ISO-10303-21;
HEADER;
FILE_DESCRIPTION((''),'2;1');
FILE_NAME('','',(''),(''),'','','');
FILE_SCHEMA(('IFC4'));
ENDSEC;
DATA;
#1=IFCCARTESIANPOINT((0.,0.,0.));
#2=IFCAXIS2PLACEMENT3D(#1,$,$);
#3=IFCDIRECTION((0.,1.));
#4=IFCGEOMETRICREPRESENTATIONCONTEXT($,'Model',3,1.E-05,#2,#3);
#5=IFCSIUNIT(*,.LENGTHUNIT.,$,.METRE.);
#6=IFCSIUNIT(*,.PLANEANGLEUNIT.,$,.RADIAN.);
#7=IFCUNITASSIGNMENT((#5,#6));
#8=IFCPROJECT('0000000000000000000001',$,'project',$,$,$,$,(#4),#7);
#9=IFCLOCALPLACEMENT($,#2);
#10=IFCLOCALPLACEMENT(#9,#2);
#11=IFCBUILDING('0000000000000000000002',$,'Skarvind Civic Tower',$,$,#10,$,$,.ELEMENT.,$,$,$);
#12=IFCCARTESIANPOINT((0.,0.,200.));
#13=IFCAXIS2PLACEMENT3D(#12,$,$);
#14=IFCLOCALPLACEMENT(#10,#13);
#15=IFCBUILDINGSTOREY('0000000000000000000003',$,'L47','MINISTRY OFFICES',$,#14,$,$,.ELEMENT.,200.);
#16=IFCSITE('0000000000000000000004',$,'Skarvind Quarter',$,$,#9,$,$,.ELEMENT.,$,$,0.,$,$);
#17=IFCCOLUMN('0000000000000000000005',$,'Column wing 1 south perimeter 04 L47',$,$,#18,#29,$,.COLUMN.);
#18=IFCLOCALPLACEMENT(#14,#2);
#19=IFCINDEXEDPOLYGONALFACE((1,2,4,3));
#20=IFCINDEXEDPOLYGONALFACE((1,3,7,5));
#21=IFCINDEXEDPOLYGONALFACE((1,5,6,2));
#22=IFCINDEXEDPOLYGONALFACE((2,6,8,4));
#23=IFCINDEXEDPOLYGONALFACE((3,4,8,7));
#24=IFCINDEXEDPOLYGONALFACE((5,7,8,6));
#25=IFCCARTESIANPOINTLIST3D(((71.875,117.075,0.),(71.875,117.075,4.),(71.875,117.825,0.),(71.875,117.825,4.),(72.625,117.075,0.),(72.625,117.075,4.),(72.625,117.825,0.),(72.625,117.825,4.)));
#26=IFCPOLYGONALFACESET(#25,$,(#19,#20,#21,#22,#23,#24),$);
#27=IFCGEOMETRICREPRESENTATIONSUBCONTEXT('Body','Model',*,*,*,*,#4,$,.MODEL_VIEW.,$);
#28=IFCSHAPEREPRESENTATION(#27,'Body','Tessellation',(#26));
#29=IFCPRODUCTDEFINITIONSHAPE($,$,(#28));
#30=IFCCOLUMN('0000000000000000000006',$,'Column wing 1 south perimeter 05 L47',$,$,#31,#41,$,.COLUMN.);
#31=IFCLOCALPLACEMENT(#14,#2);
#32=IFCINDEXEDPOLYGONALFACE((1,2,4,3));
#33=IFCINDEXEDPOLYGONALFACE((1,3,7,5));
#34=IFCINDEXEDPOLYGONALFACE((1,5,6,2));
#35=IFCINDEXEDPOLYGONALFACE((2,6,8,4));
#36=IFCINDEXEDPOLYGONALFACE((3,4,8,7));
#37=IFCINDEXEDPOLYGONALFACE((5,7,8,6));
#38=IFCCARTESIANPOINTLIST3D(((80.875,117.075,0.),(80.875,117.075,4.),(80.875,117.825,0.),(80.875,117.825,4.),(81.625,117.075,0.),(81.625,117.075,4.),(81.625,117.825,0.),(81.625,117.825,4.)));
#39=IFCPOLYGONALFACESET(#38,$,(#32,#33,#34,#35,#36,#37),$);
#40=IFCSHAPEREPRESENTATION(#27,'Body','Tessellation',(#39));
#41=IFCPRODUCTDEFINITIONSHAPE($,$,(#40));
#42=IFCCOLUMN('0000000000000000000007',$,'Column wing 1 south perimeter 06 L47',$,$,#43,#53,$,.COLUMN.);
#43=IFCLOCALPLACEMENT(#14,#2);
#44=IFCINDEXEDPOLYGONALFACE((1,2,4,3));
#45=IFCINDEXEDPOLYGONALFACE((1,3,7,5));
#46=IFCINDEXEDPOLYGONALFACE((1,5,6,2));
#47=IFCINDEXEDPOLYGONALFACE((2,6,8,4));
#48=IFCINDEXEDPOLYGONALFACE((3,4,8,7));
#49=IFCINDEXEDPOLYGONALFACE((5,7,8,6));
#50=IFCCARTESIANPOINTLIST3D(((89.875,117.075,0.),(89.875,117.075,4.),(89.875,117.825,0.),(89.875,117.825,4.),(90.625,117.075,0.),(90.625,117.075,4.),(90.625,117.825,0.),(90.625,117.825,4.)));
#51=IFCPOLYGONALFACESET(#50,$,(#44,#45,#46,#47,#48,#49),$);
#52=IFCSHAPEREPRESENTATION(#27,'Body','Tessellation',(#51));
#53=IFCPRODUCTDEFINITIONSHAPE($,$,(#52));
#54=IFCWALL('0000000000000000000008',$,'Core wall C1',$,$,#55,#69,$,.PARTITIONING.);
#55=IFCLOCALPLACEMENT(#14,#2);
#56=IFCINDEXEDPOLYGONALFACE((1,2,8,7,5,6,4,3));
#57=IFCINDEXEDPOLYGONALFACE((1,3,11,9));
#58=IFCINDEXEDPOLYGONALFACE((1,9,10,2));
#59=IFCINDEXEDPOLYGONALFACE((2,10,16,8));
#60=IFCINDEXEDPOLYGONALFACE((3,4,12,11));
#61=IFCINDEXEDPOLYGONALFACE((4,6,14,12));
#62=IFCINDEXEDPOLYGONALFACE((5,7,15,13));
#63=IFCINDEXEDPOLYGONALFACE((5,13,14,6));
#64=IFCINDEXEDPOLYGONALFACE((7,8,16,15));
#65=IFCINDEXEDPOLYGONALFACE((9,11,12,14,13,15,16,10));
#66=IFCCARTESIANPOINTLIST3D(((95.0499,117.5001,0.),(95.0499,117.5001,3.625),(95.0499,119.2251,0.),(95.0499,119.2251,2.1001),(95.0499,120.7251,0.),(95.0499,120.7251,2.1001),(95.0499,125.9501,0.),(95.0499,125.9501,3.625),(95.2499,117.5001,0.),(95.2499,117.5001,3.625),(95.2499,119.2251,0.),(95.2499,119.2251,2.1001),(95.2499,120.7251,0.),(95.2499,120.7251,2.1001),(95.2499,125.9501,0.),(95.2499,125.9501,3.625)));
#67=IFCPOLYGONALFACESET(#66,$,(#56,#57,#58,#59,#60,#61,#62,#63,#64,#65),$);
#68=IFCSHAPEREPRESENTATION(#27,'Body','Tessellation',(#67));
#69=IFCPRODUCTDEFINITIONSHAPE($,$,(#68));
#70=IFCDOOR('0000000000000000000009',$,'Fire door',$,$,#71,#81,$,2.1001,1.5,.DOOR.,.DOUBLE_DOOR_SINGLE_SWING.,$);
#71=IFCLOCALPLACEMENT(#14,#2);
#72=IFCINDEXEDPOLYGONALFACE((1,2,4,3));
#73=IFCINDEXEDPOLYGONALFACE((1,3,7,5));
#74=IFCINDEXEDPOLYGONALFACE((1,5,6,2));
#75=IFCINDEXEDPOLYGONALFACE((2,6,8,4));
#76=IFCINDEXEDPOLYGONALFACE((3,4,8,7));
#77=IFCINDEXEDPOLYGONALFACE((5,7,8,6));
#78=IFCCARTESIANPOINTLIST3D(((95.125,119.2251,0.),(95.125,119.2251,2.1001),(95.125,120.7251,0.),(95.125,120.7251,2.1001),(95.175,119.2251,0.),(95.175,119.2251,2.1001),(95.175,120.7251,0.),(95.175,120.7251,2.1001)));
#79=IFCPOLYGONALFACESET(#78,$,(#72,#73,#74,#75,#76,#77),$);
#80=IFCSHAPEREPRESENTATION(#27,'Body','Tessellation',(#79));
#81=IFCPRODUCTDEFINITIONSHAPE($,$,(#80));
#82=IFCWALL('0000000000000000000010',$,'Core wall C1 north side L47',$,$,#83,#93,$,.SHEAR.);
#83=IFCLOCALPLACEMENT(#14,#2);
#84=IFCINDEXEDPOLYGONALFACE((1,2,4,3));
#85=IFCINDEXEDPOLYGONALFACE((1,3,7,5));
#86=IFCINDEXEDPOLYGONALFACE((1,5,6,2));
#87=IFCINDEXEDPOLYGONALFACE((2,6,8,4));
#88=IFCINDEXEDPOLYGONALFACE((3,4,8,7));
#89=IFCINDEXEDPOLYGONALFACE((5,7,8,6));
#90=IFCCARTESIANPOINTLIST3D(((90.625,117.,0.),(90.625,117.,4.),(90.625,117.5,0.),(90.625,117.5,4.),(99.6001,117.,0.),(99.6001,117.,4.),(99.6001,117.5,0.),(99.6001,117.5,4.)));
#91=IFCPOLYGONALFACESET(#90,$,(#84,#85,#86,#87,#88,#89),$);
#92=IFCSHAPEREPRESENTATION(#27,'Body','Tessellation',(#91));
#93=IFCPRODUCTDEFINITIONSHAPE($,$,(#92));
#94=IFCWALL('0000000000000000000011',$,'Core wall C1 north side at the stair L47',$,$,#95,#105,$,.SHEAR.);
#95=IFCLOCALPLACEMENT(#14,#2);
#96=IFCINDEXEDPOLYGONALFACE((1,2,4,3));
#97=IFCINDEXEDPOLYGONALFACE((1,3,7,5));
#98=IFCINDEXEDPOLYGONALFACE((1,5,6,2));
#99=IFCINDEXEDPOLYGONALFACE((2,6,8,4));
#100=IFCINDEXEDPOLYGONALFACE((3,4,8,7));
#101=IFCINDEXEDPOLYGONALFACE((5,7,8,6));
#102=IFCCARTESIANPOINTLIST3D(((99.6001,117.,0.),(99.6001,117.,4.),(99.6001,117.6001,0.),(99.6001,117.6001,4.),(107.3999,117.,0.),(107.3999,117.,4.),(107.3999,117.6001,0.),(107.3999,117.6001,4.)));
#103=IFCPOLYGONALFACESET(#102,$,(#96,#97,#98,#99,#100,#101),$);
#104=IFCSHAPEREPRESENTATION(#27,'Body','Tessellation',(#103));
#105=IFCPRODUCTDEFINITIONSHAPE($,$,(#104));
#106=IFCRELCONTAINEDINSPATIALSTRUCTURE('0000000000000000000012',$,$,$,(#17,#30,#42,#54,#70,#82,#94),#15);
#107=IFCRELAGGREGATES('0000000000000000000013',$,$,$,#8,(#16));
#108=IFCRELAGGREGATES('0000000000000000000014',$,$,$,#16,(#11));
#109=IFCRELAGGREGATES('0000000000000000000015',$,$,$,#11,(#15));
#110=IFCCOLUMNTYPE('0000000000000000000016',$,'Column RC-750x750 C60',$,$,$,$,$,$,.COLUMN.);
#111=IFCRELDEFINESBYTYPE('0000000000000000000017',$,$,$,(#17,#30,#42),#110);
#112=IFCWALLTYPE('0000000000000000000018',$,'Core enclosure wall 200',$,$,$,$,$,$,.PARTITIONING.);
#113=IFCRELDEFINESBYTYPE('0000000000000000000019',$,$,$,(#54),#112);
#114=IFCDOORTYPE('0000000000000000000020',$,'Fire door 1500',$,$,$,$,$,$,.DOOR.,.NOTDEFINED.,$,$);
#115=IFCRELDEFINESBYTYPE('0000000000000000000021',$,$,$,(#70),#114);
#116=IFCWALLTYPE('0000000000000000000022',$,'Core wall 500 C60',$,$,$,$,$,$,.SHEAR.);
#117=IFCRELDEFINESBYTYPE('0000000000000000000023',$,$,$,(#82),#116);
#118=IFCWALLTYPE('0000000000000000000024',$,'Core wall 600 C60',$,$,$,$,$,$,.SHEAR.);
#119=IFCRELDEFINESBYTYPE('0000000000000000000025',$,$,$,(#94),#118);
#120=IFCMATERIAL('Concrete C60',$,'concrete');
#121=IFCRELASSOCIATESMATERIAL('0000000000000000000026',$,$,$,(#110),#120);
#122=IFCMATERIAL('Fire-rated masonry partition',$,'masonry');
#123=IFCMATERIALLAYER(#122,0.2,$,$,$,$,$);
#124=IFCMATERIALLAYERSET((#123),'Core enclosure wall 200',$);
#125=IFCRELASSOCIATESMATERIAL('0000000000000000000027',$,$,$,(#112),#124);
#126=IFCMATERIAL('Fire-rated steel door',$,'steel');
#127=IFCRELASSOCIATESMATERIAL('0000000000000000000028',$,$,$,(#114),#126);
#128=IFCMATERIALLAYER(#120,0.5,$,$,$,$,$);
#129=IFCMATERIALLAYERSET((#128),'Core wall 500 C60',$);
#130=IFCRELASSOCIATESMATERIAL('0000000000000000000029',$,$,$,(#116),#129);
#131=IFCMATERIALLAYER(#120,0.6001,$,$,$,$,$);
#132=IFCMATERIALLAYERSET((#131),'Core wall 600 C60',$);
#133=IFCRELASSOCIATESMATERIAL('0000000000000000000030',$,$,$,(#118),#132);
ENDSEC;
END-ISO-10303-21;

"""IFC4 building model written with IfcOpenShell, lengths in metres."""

from ifc_helpers import new_model, si_unit, direction, frame, frame_2d, origin, origin_2d, place, context, subcontext, project, spatial, rectangle, extrude, material, layer, layer_set, material_profile, profile_set, type_object, element, fill, save


model = new_model("IFC4")

# Units and contexts
model_context = context("Model", 3, precision=1e-05, world=origin(), true_north=direction((0.0, 1.0)))
body_context = subcontext(model_context, "Body", "Model", "MODEL_VIEW")
ifc_project = project(units=[si_unit("LENGTHUNIT", "METRE"), si_unit("PLANEANGLEUNIT", "RADIAN")], contexts=[model_context])

# Site, building, storey
site_placement = place(None, origin())
site = spatial("IfcSite", under=ifc_project, at=site_placement, Name="Skarvind Quarter", CompositionType="ELEMENT", RefElevation=0.0)
building_placement = place(site_placement, origin())
building = spatial("IfcBuilding", under=site, at=building_placement, Name="Skarvind Civic Tower", CompositionType="ELEMENT")
storey_placement = place(building_placement, frame((0.0, 0.0, 200.0)))
storey = spatial("IfcBuildingStorey", under=building, at=storey_placement, Name="L47", Description="MINISTRY OFFICES", CompositionType="ELEMENT", Elevation=200.0)

# Columns
ifc_material_1 = material(Name="Concrete C60", Category="concrete")
ifc_material_profile_1 = material_profile(ifc_material_1, rectangle(XDim=0.75, YDim=0.75, at=origin_2d()), Name="RC-750x750")
ifc_profile_set_1 = profile_set([ifc_material_profile_1], Name="Concrete C60")
column_type = type_object("IfcColumnType", Name="Column RC-750x750 C60", PredefinedType="COLUMN", material=ifc_profile_set_1)
for number, where, z_axis, x_axis, name in (
    (1, (72.25, 117.45, 0.0), (0.0, 0.0, 1.0), (1.0, 0.0, 0.0), "Column wing 1 south perimeter 04 L47"),
    (2, (81.25, 117.45, 0.0), (0.0, 0.0, 1.0), (1.0, 0.0, 0.0), "Column wing 1 south perimeter 05 L47"),
    (3, (90.25, 117.45, 0.0), (0.0, 0.0, 1.0), (1.0, 0.0, 0.0), "Column wing 1 south perimeter 06 L47"),
):
    element("IfcColumn", number, at=place(storey_placement, frame(where, z_axis=z_axis, x_axis=x_axis)), inside=storey, type_object=column_type, Name=name, PredefinedType="COLUMN", context=body_context, shape_type="SweptSolid", body=[
        extrude(rectangle(XDim=0.75, YDim=0.75, at=origin_2d()), origin(), (0.0, 0.0, 1.0), 4.0),
    ])

# Wall, opening, door
ifc_material_2 = material(Name="Fire-rated masonry partition", Category="masonry")
ifc_layer_1 = layer(ifc_material_2, 0.2)
ifc_layer_set_1 = layer_set([ifc_layer_1], Name="Core enclosure wall 200")
wall_type_1 = type_object("IfcWallType", Name="Core enclosure wall 200", PredefinedType="PARTITIONING", material=ifc_layer_set_1)
wall_1_placement = place(storey_placement, frame((95.1499, 117.5, 0.0), z_axis=(0.0, 0.0, 1.0), x_axis=(0.0, 1.0, 0.0)))
wall_1 = element("IfcWall", 4, at=wall_1_placement, inside=storey, type_object=wall_type_1, Name="Core wall C1", PredefinedType="PARTITIONING", context=body_context, shape_type="SweptSolid", body=[
    extrude(rectangle(XDim=8.45, YDim=0.2, at=frame_2d((4.2251, 0.0))), origin(), (0.0, 0.0, 1.0), 3.625),
])
opening_1_placement = place(wall_1_placement, frame((1.7251, 0.0, 0.0)))
opening_1 = element("IfcOpeningElement", 5, at=opening_1_placement, cuts=wall_1, PredefinedType="OPENING", context=body_context, shape_type="SweptSolid", body=[
    extrude(rectangle(XDim=1.5, YDim=2.1001, at=frame_2d((0.75, 1.05))), frame((0.0, 0.1099, 0.0), z_axis=(0.0, -1.0, 0.0), x_axis=(1.0, 0.0, 0.0)), (0.0, 0.0, 1.0), 0.22),
])
ifc_material_3 = material(Name="Fire-rated steel door", Category="steel")
door_type = type_object("IfcDoorType", Name="Fire door 1500", OperationType="NOTDEFINED", PredefinedType="DOOR", material=ifc_material_3)
door_placement = place(opening_1_placement, origin())
door = element("IfcDoor", 6, at=door_placement, inside=storey, type_object=door_type, Name="Fire door", OperationType="DOUBLE_DOOR_SINGLE_SWING", OverallHeight=2.1001, OverallWidth=1.5, PredefinedType="DOOR", context=body_context, shape_type="SweptSolid", body=[
    extrude(rectangle(XDim=1.5, YDim=2.1001, at=frame_2d((0.75, 1.05))), frame((0.0, 0.0249, 0.0), z_axis=(0.0, -1.0, 0.0), x_axis=(1.0, 0.0, 0.0)), (0.0, 0.0, 1.0), 0.05),
])
fill(opening_1, door)

# Walls
ifc_layer_2 = layer(ifc_material_1, 0.5)
ifc_layer_set_2 = layer_set([ifc_layer_2], Name="Core wall 500 C60")
wall_type_2 = type_object("IfcWallType", Name="Core wall 500 C60", PredefinedType="SHEAR", material=ifc_layer_set_2)
wall_2_placement = place(storey_placement, frame((99.6001, 117.25, 0.0), z_axis=(0.0, 0.0, 1.0), x_axis=(-1.0, 0.0, 0.0)))
element("IfcWall", 7, at=wall_2_placement, inside=storey, type_object=wall_type_2, Name="Core wall C1 north side L47", PredefinedType="SHEAR", context=body_context, shape_type="SweptSolid", body=[
    extrude(rectangle(XDim=8.9751, YDim=0.5, at=frame_2d((4.4875, 0.0))), origin(), (0.0, 0.0, 1.0), 4.0),
])
ifc_layer_3 = layer(ifc_material_1, 0.6001)
ifc_layer_set_3 = layer_set([ifc_layer_3], Name="Core wall 600 C60")
wall_type_3 = type_object("IfcWallType", Name="Core wall 600 C60", PredefinedType="SHEAR", material=ifc_layer_set_3)
wall_3_placement = place(storey_placement, frame((107.3999, 117.3, 0.0), z_axis=(0.0, 0.0, 1.0), x_axis=(-1.0, 0.0, 0.0)))
element("IfcWall", 8, at=wall_3_placement, inside=storey, type_object=wall_type_3, Name="Core wall C1 north side at the stair L47", PredefinedType="SHEAR", context=body_context, shape_type="SweptSolid", body=[
    extrude(rectangle(XDim=7.7998, YDim=0.6001, at=frame_2d((3.8999, 0.0))), origin(), (0.0, 0.0, 1.0), 4.0),
])

save(model, "model.ifc")
